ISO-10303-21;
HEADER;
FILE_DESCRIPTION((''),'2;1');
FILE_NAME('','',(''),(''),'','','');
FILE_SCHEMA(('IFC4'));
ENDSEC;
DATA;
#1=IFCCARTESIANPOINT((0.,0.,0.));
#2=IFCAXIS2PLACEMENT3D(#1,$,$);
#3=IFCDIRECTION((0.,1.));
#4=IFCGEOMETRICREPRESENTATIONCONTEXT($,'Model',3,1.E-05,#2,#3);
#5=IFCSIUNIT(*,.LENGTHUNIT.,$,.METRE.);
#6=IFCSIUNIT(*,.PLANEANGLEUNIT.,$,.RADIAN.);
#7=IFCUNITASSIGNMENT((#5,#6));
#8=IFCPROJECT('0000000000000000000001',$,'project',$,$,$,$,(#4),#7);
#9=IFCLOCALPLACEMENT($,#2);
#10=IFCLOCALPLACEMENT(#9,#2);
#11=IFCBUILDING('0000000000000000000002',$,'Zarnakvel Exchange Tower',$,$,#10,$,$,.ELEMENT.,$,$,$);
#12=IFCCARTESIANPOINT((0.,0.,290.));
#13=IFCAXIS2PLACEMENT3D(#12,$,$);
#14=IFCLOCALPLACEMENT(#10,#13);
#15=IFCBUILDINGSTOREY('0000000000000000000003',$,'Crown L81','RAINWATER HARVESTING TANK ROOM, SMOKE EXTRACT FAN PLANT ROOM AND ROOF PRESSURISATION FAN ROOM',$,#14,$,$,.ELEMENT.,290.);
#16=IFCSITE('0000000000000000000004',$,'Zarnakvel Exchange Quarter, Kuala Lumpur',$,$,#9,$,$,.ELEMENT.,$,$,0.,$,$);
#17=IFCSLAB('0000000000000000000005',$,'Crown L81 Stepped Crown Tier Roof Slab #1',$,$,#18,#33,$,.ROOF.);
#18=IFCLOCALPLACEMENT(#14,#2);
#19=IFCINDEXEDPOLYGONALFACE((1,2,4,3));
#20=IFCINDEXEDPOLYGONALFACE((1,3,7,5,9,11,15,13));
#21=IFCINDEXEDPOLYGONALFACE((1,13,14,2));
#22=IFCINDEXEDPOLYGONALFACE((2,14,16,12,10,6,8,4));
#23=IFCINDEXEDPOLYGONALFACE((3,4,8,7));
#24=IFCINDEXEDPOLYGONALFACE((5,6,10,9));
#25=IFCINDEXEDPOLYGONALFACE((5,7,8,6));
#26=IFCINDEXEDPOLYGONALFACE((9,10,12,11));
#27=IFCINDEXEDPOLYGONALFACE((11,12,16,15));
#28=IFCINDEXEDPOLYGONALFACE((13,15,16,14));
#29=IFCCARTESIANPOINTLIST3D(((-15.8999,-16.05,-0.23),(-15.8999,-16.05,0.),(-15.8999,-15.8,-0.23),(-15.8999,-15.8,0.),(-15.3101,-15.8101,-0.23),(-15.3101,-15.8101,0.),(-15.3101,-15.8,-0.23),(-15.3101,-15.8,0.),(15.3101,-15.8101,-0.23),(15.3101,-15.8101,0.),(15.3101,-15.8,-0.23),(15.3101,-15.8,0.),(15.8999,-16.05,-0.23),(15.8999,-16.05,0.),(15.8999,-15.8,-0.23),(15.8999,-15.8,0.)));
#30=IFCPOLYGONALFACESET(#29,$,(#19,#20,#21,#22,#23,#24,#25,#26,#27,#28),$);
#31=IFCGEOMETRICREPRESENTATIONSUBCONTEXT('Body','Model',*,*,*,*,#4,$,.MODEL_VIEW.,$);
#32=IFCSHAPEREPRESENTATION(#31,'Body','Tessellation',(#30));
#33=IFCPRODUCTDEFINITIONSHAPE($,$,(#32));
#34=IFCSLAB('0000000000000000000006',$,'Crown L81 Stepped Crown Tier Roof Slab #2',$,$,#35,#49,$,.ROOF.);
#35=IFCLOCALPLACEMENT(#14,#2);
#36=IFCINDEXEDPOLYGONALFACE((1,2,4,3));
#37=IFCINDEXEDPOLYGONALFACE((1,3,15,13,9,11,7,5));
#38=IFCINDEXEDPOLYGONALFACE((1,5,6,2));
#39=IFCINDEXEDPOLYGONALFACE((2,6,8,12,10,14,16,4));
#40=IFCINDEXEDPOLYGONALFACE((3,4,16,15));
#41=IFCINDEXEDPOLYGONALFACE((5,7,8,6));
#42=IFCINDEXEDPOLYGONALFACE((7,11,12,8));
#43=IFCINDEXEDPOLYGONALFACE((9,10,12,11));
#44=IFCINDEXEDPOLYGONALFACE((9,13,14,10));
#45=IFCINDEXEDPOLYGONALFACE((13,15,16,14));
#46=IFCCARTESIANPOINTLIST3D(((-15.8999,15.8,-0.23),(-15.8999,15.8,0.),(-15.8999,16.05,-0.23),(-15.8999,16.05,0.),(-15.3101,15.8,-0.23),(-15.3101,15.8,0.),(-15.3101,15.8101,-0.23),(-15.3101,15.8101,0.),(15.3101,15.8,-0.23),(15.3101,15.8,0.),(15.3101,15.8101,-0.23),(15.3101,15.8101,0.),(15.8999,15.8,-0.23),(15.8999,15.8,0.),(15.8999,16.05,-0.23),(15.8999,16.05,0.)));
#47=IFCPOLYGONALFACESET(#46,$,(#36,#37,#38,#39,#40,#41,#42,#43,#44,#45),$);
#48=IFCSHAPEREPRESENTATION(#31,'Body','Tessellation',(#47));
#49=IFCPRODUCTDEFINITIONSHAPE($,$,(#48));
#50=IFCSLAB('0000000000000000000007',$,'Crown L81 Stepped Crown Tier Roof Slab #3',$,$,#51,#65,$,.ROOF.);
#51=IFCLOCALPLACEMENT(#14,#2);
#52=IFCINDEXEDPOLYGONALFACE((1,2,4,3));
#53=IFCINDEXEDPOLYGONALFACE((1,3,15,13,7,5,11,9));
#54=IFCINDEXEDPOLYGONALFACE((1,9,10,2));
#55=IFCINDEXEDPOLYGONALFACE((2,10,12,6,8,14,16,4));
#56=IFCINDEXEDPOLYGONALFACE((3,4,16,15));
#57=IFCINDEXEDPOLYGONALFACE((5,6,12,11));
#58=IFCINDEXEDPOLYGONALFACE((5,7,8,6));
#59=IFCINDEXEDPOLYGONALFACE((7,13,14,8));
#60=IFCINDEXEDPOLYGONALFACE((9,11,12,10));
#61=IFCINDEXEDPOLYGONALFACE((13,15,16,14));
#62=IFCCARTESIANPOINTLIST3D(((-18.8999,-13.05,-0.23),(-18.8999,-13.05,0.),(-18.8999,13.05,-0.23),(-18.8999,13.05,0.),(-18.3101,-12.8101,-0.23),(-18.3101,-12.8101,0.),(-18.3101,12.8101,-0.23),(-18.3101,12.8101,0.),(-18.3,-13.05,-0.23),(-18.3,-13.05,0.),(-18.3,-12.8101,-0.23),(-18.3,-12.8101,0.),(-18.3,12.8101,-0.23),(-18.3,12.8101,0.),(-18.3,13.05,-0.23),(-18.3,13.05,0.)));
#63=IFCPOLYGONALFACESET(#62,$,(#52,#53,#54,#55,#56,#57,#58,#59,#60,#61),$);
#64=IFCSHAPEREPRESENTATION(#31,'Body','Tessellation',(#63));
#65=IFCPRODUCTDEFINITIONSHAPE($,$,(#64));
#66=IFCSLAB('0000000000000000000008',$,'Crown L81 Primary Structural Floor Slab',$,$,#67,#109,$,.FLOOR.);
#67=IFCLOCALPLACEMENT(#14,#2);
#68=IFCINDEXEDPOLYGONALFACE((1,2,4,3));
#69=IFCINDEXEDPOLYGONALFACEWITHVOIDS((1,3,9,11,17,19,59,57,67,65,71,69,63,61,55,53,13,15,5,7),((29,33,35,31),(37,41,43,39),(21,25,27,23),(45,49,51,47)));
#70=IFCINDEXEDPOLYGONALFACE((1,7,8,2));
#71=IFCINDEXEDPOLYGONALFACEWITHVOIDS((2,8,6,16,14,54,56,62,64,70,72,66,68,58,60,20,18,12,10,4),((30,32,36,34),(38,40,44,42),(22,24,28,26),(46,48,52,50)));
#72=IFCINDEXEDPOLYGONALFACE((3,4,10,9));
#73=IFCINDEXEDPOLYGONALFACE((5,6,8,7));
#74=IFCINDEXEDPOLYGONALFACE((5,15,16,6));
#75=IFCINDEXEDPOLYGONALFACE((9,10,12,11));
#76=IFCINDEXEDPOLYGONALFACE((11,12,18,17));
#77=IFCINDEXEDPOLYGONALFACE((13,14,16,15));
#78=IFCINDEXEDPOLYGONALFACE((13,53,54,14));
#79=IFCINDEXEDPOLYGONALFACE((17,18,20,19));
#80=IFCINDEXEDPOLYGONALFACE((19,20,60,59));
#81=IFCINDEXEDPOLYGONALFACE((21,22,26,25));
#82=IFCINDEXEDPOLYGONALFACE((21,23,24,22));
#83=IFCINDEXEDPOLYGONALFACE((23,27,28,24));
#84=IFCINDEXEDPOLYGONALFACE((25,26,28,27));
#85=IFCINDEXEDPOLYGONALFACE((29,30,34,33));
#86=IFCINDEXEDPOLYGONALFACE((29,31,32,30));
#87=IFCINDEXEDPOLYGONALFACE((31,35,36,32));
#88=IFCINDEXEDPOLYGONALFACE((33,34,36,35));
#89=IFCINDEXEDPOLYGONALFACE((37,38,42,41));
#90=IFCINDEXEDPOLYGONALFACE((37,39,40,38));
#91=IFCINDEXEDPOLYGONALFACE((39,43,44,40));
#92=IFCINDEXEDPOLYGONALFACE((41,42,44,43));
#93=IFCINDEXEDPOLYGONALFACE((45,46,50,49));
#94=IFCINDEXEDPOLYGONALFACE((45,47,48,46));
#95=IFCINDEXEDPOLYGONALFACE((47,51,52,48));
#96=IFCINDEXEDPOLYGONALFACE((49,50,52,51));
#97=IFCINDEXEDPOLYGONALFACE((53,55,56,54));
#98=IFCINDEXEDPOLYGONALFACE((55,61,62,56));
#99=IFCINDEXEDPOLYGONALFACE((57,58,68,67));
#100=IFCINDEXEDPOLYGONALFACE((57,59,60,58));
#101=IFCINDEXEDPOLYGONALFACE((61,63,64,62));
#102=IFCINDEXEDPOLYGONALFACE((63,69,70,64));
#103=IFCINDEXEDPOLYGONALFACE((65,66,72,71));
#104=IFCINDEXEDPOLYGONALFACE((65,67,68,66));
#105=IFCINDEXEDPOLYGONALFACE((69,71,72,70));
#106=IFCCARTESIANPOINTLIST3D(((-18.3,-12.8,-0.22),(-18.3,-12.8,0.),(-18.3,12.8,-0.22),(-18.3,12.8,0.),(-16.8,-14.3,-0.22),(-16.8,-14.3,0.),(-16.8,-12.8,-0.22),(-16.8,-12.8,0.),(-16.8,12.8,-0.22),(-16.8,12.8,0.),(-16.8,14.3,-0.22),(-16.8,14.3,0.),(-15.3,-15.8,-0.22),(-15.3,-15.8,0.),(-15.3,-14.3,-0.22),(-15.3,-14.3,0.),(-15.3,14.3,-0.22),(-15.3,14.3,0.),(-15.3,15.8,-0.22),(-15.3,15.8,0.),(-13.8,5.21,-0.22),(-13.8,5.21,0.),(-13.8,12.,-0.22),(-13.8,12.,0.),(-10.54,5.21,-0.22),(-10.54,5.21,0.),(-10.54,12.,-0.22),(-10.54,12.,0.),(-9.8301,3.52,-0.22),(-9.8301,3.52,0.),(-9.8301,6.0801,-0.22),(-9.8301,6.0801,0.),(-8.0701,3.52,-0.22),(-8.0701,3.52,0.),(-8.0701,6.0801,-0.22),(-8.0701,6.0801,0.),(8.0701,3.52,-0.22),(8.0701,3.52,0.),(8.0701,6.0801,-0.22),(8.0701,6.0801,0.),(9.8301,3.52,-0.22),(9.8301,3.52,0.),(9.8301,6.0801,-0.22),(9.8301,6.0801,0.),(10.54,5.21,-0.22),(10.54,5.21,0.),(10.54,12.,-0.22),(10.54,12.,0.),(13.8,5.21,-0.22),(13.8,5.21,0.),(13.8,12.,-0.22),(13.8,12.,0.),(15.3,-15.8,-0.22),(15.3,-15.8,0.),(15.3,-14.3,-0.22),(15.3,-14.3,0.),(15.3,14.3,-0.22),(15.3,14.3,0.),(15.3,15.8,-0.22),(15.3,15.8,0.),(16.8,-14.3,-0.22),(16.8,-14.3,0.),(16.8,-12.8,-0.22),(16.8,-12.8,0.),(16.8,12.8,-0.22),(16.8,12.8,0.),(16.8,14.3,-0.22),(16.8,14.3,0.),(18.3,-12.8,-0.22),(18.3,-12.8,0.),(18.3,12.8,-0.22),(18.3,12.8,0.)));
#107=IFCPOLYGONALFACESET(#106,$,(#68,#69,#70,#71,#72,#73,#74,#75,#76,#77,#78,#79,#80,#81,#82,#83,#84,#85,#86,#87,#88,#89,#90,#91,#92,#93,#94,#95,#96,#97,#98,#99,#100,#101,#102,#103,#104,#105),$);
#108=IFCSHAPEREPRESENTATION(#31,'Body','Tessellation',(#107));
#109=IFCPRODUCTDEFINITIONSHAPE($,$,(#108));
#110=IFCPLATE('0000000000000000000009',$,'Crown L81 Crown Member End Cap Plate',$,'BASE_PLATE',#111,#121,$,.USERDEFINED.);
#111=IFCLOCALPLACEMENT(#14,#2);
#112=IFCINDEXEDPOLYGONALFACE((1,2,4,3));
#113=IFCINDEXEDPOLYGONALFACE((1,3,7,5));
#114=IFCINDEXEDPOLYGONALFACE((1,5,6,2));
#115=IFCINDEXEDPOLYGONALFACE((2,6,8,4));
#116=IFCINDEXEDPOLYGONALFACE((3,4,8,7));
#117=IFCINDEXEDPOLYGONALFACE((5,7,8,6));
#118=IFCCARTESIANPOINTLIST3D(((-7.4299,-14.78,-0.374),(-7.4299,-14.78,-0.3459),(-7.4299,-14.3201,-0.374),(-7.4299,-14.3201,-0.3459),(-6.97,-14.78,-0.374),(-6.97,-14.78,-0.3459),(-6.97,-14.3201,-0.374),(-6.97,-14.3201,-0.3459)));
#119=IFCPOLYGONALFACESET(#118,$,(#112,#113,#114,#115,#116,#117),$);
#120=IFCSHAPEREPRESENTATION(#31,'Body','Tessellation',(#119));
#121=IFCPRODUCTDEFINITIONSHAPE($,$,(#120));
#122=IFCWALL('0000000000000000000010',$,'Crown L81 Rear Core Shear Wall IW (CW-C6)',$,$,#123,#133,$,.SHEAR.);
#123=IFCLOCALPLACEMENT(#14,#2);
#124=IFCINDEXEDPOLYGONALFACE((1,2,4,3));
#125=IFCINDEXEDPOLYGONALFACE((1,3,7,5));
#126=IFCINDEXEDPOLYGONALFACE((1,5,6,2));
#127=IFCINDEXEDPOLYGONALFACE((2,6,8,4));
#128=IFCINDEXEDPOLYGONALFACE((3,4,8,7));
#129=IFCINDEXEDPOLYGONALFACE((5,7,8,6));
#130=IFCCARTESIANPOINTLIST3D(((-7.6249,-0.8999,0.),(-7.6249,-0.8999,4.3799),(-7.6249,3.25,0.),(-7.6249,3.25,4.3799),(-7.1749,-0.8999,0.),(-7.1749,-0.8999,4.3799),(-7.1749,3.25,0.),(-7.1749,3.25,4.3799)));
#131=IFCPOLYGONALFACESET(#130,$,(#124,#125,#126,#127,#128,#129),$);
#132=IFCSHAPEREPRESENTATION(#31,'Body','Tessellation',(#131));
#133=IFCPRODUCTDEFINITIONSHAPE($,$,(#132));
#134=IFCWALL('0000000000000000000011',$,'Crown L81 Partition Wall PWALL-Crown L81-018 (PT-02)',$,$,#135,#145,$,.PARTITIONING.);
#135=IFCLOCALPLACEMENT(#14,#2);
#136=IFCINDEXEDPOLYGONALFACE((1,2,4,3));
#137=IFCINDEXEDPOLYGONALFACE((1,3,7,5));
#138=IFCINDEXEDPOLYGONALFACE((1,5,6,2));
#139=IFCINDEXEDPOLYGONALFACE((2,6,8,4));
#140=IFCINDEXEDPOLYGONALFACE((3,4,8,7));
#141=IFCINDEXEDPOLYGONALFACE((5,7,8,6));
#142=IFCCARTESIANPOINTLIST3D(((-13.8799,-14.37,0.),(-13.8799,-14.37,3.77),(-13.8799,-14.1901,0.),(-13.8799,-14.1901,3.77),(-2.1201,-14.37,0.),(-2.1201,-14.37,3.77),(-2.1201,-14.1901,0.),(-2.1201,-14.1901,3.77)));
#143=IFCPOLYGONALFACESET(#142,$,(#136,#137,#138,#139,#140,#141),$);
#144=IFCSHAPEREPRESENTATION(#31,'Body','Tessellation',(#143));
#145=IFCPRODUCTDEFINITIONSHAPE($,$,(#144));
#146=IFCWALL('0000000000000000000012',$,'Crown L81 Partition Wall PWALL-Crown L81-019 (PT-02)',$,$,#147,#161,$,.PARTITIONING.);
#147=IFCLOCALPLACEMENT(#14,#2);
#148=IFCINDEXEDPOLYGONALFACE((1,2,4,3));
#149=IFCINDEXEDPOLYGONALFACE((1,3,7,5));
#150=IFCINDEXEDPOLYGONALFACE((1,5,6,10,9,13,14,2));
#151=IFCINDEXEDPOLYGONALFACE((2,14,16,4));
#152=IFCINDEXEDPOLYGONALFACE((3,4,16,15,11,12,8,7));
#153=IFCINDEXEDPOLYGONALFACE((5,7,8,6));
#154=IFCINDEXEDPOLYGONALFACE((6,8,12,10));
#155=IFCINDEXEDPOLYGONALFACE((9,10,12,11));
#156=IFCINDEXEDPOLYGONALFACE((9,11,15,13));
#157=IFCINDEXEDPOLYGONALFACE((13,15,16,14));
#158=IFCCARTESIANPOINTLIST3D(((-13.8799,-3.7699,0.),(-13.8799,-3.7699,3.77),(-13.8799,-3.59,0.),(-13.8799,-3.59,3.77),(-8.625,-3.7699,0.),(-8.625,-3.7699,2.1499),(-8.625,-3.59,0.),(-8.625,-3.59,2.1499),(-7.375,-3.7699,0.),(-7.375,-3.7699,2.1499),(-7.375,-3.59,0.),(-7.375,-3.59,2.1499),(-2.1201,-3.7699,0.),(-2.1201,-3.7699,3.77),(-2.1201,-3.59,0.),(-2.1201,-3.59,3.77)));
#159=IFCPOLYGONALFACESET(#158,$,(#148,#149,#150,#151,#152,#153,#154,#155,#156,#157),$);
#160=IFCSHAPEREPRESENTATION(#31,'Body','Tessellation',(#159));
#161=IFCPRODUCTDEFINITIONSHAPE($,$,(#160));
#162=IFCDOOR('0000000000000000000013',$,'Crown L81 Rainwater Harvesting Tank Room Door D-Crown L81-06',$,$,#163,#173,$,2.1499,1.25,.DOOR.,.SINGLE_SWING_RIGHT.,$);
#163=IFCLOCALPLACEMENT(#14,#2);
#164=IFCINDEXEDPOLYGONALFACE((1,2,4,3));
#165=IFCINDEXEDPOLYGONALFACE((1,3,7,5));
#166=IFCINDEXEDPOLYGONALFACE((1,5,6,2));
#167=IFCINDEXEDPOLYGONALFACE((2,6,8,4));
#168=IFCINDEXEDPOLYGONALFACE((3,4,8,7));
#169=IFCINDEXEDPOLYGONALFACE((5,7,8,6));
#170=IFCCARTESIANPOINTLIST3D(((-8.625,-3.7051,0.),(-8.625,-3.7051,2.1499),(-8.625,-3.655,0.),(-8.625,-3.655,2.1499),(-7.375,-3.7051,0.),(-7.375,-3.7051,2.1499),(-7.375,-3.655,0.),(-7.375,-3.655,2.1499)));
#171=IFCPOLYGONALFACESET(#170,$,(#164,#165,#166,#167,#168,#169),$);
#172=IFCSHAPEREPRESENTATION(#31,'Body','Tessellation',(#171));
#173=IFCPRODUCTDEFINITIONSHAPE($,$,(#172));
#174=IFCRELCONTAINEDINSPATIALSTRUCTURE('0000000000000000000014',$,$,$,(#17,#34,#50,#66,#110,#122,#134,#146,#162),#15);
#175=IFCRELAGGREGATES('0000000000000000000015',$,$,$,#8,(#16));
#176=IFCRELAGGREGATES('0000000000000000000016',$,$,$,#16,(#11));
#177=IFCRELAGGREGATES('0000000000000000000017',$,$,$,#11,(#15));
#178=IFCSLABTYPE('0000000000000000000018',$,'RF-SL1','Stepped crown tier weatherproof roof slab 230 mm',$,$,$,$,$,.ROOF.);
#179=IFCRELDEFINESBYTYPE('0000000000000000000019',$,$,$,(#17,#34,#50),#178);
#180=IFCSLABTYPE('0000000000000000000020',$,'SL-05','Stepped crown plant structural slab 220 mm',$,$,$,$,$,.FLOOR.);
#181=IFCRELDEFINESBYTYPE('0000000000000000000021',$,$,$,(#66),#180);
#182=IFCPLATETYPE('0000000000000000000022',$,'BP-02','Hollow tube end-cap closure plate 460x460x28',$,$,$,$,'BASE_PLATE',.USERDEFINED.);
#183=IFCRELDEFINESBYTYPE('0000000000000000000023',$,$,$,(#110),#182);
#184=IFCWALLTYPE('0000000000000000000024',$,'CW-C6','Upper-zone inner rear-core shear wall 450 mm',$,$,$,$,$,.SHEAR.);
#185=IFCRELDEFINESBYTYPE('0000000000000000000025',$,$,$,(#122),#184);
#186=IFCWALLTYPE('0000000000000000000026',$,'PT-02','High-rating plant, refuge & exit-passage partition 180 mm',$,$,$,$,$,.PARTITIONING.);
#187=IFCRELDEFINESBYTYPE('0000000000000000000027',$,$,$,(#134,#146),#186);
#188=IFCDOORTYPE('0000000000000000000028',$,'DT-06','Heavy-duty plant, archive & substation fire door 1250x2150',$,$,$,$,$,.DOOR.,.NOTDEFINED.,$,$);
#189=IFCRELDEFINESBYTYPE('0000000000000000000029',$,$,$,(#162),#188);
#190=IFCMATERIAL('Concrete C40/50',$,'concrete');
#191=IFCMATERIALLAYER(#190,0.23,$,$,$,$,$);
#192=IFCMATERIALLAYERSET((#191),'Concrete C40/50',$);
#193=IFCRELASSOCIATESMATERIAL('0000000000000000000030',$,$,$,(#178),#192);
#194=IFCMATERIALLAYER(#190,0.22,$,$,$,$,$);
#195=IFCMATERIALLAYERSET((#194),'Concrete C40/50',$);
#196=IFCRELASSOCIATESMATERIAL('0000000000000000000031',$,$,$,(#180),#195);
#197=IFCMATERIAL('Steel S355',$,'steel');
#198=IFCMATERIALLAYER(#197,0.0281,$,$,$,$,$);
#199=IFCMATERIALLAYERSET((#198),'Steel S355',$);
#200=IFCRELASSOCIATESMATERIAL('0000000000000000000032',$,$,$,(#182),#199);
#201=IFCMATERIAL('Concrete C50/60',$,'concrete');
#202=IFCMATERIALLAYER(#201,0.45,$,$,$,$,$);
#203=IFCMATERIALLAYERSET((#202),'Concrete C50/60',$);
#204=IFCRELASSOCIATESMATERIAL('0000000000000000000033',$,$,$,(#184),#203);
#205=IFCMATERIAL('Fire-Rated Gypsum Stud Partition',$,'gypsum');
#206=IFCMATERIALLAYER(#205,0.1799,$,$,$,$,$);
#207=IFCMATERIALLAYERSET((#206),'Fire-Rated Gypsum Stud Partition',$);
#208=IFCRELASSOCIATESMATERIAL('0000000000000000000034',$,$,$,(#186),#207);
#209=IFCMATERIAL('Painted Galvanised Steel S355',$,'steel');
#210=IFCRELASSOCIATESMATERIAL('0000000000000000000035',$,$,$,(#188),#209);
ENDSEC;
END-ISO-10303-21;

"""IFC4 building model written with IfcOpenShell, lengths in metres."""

from ifc_helpers import new_model, si_unit, direction, frame, frame_2d, origin, origin_2d, place, context, subcontext, project, spatial, polyline, rectangle, outline, extrude, source, transform, mapped, material, layer, layer_set, type_object, element, fill, save


model = new_model("IFC4")

# Units and contexts
model_context = context("Model", 3, precision=1e-05, world=origin(), true_north=direction((0.0, 1.0)))
body_context = subcontext(model_context, "Body", "Model", "MODEL_VIEW")
ifc_project = project(units=[si_unit("LENGTHUNIT", "METRE"), si_unit("PLANEANGLEUNIT", "RADIAN")], contexts=[model_context])

# Site, building, storey
site_placement = place(None, origin())
site = spatial("IfcSite", under=ifc_project, at=site_placement, Name="Zarnakvel Exchange Quarter, Kuala Lumpur", CompositionType="ELEMENT", RefElevation=0.0)
building_placement = place(site_placement, origin())
building = spatial("IfcBuilding", under=site, at=building_placement, Name="Zarnakvel Exchange Tower", CompositionType="ELEMENT")
storey_placement = place(building_placement, frame((0.0, 0.0, 290.0)))
storey = spatial("IfcBuildingStorey", under=building, at=storey_placement, Name="Crown L81", Description="RAINWATER HARVESTING TANK ROOM, SMOKE EXTRACT FAN PLANT ROOM AND ROOF PRESSURISATION FAN ROOM", CompositionType="ELEMENT", Elevation=290.0)

# Shared definitions
ifc_material_1 = material(Name="Concrete C50/60", Category="concrete")

# Shared definitions
ifc_material_2 = material(Name="Steel S355", Category="steel")

# Slabs
ifc_material_3 = material(Name="Concrete C40/50", Category="concrete")
ifc_layer_1 = layer(ifc_material_3, 0.23)
ifc_layer_set_1 = layer_set([ifc_layer_1], Name="Concrete C40/50")
slab_type_1 = type_object("IfcSlabType", Name="RF-SL1", Description="Stepped crown tier weatherproof roof slab 230 mm", PredefinedType="ROOF", material=ifc_layer_set_1)
slab_1_placement = place(storey_placement, frame((0.0, 0.0, -0.23)))
element("IfcSlab", 1, at=slab_1_placement, inside=storey, type_object=slab_type_1, Name="Crown L81 Stepped Crown Tier Roof Slab #1", PredefinedType="ROOF", context=body_context, shape_type="SweptSolid", body=[
    extrude(outline(polyline([(15.8999, -16.05), (-15.8999, -16.05), (-15.8999, -15.8), (-15.3101, -15.8), (-15.3101, -15.8101), (15.3101, -15.8101), (15.3101, -15.8), (15.8999, -15.8), (15.8999, -16.05)])), origin(), (0.0, 0.0, 1.0), 0.23),
])
slab_2_placement = place(storey_placement, frame((0.0, 0.0, -0.23)))
element("IfcSlab", 2, at=slab_2_placement, inside=storey, type_object=slab_type_1, Name="Crown L81 Stepped Crown Tier Roof Slab #2", PredefinedType="ROOF", context=body_context, shape_type="SweptSolid", body=[
    extrude(outline(polyline([(-15.8999, 16.05), (15.8999, 16.05), (15.8999, 15.8), (15.3101, 15.8), (15.3101, 15.8101), (-15.3101, 15.8101), (-15.3101, 15.8), (-15.8999, 15.8), (-15.8999, 16.05)])), origin(), (0.0, 0.0, 1.0), 0.23),
])
slab_3_placement = place(storey_placement, frame((0.0, 0.0, -0.23)))
element("IfcSlab", 3, at=slab_3_placement, inside=storey, type_object=slab_type_1, Name="Crown L81 Stepped Crown Tier Roof Slab #3", PredefinedType="ROOF", context=body_context, shape_type="SweptSolid", body=[
    extrude(outline(polyline([(-18.3, 13.05), (-18.3, 12.8101), (-18.3101, 12.8101), (-18.3101, -12.8101), (-18.3, -12.8101), (-18.3, -13.05), (-18.8999, -13.05), (-18.8999, 13.05), (-18.3, 13.05)])), origin(), (0.0, 0.0, 1.0), 0.23),
])
ifc_layer_2 = layer(ifc_material_3, 0.22)
ifc_layer_set_2 = layer_set([ifc_layer_2], Name="Concrete C40/50")
slab_type_2 = type_object("IfcSlabType", Name="SL-05", Description="Stepped crown plant structural slab 220 mm", PredefinedType="FLOOR", material=ifc_layer_set_2)
slab_4_placement = place(storey_placement, frame((0.0, 0.0, -0.22)))
element("IfcSlab", 4, at=slab_4_placement, inside=storey, type_object=slab_type_2, Name="Crown L81 Primary Structural Floor Slab", PredefinedType="FLOOR", context=body_context, shape_type="SweptSolid", body=[
    extrude(outline(polyline([(-18.3, -12.8), (-16.8, -12.8), (-16.8, -14.3), (-15.3, -14.3), (-15.3, -15.8), (15.3, -15.8), (15.3, -14.3), (16.8, -14.3), (16.8, -12.8), (18.3, -12.8), (18.3, 12.8), (16.8, 12.8), (16.8, 14.3), (15.3, 14.3), (15.3, 15.8), (-15.3, 15.8), (-15.3, 14.3), (-16.8, 14.3), (-16.8, 12.8), (-18.3, 12.8), (-18.3, -12.8)]), holes=[polyline([(-13.8, 5.21), (-10.54, 5.21), (-10.54, 12.0), (-13.8, 12.0), (-13.8, 5.21)]), polyline([(10.54, 5.21), (13.8, 5.21), (13.8, 12.0), (10.54, 12.0), (10.54, 5.21)]), polyline([(-9.8301, 3.52), (-8.0701, 3.52), (-8.0701, 6.0801), (-9.8301, 6.0801), (-9.8301, 3.52)]), polyline([(8.0701, 3.52), (9.8301, 3.52), (9.8301, 6.0801), (8.0701, 6.0801), (8.0701, 3.52)])]), origin(), (0.0, 0.0, 1.0), 0.22),
])

# Plate
ifc_layer_3 = layer(ifc_material_2, 0.0281)
ifc_layer_set_3 = layer_set([ifc_layer_3], Name="Steel S355")
plate_type = type_object("IfcPlateType", Name="BP-02", Description="Hollow tube end-cap closure plate 460x460x28", ElementType="BASE_PLATE", PredefinedType="USERDEFINED", material=ifc_layer_set_3)
shared_shape_1 = source(origin(), body_context, "Body", "SweptSolid", [
    extrude(rectangle(XDim=0.46, YDim=0.46, at=origin_2d()), origin(), (0.0, 0.0, 1.0), 0.0281),
])
plate_placement = place(storey_placement, frame((-7.2, -14.55, -0.374), z_axis=(0.0, 0.0, 1.0), x_axis=(1.0, 0.0, 0.0)))
element("IfcPlate", 5, at=plate_placement, inside=storey, type_object=plate_type, Name="Crown L81 Crown Member End Cap Plate", ObjectType="BASE_PLATE", PredefinedType="USERDEFINED", context=body_context, shape_type="MappedRepresentation", body=[
    mapped(shared_shape_1, transform((0.0, 0.0, 0.0), x_axis=(1.0, 0.0, 0.0), y_axis=(0.0, 1.0, 0.0), z_axis=(0.0, 0.0, 1.0), scale=1.0)),
])

# Shared definitions
ifc_material_4 = material(Name="Painted Galvanised Steel S355", Category="steel")

# Walls
ifc_layer_4 = layer(ifc_material_1, 0.45)
ifc_layer_set_4 = layer_set([ifc_layer_4], Name="Concrete C50/60")
wall_type_1 = type_object("IfcWallType", Name="CW-C6", Description="Upper-zone inner rear-core shear wall 450 mm", PredefinedType="SHEAR", material=ifc_layer_set_4)
wall_1_placement = place(storey_placement, frame((-7.3999, -0.8999, 0.0), z_axis=(0.0, 0.0, 1.0), x_axis=(0.0, 1.0, 0.0)))
element("IfcWall", 6, at=wall_1_placement, inside=storey, type_object=wall_type_1, Name="Crown L81 Rear Core Shear Wall IW (CW-C6)", PredefinedType="SHEAR", context=body_context, shape_type="SweptSolid", body=[
    extrude(rectangle(XDim=4.1499, YDim=0.45, at=frame_2d((2.075, 0.0))), origin(), (0.0, 0.0, 1.0), 4.3799),
])
ifc_material_5 = material(Name="Fire-Rated Gypsum Stud Partition", Category="gypsum")
ifc_layer_5 = layer(ifc_material_5, 0.1799)
ifc_layer_set_5 = layer_set([ifc_layer_5], Name="Fire-Rated Gypsum Stud Partition")
wall_type_2 = type_object("IfcWallType", Name="PT-02", Description="High-rating plant, refuge & exit-passage partition 180 mm", PredefinedType="PARTITIONING", material=ifc_layer_set_5)
wall_2_placement = place(storey_placement, frame((-2.1201, -14.28, 0.0), z_axis=(0.0, 0.0, 1.0), x_axis=(-1.0, 0.0, 0.0)))
element("IfcWall", 7, at=wall_2_placement, inside=storey, type_object=wall_type_2, Name="Crown L81 Partition Wall PWALL-Crown L81-018 (PT-02)", PredefinedType="PARTITIONING", context=body_context, shape_type="SweptSolid", body=[
    extrude(rectangle(XDim=11.7598, YDim=0.1799, at=frame_2d((5.8799, 0.0))), origin(), (0.0, 0.0, 1.0), 3.77),
])

# Wall, opening, door
wall_3_placement = place(storey_placement, frame((-13.8799, -3.6799, 0.0), z_axis=(0.0, 0.0, 1.0), x_axis=(1.0, 0.0, 0.0)))
wall_3 = element("IfcWall", 8, at=wall_3_placement, inside=storey, type_object=wall_type_2, Name="Crown L81 Partition Wall PWALL-Crown L81-019 (PT-02)", PredefinedType="PARTITIONING", context=body_context, shape_type="SweptSolid", body=[
    extrude(rectangle(XDim=11.7598, YDim=0.1799, at=frame_2d((5.8799, 0.0))), origin(), (0.0, 0.0, 1.0), 3.77),
])
opening_1_placement = place(wall_3_placement, frame((5.2549, 0.0, 0.0)))
opening_1 = element("IfcOpeningElement", 9, at=opening_1_placement, cuts=wall_3, PredefinedType="OPENING", context=body_context, shape_type="SweptSolid", body=[
    extrude(rectangle(XDim=1.25, YDim=2.1499, at=frame_2d((0.625, 1.075))), frame((0.0, 0.0999, 0.0), z_axis=(0.0, -1.0, 0.0), x_axis=(1.0, 0.0, 0.0)), (0.0, 0.0, 1.0), 0.2),
])
door_type_1 = type_object("IfcDoorType", Name="DT-06", Description="Heavy-duty plant, archive & substation fire door 1250x2150", OperationType="NOTDEFINED", PredefinedType="DOOR", material=ifc_material_4)
shared_shape_2 = source(origin(), body_context, "Body", "SweptSolid", [
    extrude(rectangle(XDim=1.25, YDim=2.1499, at=frame_2d((0.625, 1.075))), frame((0.0, 0.0249, 0.0), z_axis=(0.0, -1.0, 0.0), x_axis=(1.0, 0.0, 0.0)), (0.0, 0.0, 1.0), 0.05),
])
door_1_placement = place(opening_1_placement, origin())
door_1 = element("IfcDoor", 10, at=door_1_placement, inside=storey, type_object=door_type_1, Name="Crown L81 Rainwater Harvesting Tank Room Door D-Crown L81-06", OperationType="SINGLE_SWING_RIGHT", OverallHeight=2.1499, OverallWidth=1.25, PredefinedType="DOOR", context=body_context, shape_type="MappedRepresentation", body=[
    mapped(shared_shape_2, transform((0.0, 0.0, 0.0), x_axis=(1.0, 0.0, 0.0), y_axis=(0.0, 1.0, 0.0), z_axis=(0.0, 0.0, 1.0), scale=1.0)),
])
fill(opening_1, door_1)

save(model, "model.ifc")
